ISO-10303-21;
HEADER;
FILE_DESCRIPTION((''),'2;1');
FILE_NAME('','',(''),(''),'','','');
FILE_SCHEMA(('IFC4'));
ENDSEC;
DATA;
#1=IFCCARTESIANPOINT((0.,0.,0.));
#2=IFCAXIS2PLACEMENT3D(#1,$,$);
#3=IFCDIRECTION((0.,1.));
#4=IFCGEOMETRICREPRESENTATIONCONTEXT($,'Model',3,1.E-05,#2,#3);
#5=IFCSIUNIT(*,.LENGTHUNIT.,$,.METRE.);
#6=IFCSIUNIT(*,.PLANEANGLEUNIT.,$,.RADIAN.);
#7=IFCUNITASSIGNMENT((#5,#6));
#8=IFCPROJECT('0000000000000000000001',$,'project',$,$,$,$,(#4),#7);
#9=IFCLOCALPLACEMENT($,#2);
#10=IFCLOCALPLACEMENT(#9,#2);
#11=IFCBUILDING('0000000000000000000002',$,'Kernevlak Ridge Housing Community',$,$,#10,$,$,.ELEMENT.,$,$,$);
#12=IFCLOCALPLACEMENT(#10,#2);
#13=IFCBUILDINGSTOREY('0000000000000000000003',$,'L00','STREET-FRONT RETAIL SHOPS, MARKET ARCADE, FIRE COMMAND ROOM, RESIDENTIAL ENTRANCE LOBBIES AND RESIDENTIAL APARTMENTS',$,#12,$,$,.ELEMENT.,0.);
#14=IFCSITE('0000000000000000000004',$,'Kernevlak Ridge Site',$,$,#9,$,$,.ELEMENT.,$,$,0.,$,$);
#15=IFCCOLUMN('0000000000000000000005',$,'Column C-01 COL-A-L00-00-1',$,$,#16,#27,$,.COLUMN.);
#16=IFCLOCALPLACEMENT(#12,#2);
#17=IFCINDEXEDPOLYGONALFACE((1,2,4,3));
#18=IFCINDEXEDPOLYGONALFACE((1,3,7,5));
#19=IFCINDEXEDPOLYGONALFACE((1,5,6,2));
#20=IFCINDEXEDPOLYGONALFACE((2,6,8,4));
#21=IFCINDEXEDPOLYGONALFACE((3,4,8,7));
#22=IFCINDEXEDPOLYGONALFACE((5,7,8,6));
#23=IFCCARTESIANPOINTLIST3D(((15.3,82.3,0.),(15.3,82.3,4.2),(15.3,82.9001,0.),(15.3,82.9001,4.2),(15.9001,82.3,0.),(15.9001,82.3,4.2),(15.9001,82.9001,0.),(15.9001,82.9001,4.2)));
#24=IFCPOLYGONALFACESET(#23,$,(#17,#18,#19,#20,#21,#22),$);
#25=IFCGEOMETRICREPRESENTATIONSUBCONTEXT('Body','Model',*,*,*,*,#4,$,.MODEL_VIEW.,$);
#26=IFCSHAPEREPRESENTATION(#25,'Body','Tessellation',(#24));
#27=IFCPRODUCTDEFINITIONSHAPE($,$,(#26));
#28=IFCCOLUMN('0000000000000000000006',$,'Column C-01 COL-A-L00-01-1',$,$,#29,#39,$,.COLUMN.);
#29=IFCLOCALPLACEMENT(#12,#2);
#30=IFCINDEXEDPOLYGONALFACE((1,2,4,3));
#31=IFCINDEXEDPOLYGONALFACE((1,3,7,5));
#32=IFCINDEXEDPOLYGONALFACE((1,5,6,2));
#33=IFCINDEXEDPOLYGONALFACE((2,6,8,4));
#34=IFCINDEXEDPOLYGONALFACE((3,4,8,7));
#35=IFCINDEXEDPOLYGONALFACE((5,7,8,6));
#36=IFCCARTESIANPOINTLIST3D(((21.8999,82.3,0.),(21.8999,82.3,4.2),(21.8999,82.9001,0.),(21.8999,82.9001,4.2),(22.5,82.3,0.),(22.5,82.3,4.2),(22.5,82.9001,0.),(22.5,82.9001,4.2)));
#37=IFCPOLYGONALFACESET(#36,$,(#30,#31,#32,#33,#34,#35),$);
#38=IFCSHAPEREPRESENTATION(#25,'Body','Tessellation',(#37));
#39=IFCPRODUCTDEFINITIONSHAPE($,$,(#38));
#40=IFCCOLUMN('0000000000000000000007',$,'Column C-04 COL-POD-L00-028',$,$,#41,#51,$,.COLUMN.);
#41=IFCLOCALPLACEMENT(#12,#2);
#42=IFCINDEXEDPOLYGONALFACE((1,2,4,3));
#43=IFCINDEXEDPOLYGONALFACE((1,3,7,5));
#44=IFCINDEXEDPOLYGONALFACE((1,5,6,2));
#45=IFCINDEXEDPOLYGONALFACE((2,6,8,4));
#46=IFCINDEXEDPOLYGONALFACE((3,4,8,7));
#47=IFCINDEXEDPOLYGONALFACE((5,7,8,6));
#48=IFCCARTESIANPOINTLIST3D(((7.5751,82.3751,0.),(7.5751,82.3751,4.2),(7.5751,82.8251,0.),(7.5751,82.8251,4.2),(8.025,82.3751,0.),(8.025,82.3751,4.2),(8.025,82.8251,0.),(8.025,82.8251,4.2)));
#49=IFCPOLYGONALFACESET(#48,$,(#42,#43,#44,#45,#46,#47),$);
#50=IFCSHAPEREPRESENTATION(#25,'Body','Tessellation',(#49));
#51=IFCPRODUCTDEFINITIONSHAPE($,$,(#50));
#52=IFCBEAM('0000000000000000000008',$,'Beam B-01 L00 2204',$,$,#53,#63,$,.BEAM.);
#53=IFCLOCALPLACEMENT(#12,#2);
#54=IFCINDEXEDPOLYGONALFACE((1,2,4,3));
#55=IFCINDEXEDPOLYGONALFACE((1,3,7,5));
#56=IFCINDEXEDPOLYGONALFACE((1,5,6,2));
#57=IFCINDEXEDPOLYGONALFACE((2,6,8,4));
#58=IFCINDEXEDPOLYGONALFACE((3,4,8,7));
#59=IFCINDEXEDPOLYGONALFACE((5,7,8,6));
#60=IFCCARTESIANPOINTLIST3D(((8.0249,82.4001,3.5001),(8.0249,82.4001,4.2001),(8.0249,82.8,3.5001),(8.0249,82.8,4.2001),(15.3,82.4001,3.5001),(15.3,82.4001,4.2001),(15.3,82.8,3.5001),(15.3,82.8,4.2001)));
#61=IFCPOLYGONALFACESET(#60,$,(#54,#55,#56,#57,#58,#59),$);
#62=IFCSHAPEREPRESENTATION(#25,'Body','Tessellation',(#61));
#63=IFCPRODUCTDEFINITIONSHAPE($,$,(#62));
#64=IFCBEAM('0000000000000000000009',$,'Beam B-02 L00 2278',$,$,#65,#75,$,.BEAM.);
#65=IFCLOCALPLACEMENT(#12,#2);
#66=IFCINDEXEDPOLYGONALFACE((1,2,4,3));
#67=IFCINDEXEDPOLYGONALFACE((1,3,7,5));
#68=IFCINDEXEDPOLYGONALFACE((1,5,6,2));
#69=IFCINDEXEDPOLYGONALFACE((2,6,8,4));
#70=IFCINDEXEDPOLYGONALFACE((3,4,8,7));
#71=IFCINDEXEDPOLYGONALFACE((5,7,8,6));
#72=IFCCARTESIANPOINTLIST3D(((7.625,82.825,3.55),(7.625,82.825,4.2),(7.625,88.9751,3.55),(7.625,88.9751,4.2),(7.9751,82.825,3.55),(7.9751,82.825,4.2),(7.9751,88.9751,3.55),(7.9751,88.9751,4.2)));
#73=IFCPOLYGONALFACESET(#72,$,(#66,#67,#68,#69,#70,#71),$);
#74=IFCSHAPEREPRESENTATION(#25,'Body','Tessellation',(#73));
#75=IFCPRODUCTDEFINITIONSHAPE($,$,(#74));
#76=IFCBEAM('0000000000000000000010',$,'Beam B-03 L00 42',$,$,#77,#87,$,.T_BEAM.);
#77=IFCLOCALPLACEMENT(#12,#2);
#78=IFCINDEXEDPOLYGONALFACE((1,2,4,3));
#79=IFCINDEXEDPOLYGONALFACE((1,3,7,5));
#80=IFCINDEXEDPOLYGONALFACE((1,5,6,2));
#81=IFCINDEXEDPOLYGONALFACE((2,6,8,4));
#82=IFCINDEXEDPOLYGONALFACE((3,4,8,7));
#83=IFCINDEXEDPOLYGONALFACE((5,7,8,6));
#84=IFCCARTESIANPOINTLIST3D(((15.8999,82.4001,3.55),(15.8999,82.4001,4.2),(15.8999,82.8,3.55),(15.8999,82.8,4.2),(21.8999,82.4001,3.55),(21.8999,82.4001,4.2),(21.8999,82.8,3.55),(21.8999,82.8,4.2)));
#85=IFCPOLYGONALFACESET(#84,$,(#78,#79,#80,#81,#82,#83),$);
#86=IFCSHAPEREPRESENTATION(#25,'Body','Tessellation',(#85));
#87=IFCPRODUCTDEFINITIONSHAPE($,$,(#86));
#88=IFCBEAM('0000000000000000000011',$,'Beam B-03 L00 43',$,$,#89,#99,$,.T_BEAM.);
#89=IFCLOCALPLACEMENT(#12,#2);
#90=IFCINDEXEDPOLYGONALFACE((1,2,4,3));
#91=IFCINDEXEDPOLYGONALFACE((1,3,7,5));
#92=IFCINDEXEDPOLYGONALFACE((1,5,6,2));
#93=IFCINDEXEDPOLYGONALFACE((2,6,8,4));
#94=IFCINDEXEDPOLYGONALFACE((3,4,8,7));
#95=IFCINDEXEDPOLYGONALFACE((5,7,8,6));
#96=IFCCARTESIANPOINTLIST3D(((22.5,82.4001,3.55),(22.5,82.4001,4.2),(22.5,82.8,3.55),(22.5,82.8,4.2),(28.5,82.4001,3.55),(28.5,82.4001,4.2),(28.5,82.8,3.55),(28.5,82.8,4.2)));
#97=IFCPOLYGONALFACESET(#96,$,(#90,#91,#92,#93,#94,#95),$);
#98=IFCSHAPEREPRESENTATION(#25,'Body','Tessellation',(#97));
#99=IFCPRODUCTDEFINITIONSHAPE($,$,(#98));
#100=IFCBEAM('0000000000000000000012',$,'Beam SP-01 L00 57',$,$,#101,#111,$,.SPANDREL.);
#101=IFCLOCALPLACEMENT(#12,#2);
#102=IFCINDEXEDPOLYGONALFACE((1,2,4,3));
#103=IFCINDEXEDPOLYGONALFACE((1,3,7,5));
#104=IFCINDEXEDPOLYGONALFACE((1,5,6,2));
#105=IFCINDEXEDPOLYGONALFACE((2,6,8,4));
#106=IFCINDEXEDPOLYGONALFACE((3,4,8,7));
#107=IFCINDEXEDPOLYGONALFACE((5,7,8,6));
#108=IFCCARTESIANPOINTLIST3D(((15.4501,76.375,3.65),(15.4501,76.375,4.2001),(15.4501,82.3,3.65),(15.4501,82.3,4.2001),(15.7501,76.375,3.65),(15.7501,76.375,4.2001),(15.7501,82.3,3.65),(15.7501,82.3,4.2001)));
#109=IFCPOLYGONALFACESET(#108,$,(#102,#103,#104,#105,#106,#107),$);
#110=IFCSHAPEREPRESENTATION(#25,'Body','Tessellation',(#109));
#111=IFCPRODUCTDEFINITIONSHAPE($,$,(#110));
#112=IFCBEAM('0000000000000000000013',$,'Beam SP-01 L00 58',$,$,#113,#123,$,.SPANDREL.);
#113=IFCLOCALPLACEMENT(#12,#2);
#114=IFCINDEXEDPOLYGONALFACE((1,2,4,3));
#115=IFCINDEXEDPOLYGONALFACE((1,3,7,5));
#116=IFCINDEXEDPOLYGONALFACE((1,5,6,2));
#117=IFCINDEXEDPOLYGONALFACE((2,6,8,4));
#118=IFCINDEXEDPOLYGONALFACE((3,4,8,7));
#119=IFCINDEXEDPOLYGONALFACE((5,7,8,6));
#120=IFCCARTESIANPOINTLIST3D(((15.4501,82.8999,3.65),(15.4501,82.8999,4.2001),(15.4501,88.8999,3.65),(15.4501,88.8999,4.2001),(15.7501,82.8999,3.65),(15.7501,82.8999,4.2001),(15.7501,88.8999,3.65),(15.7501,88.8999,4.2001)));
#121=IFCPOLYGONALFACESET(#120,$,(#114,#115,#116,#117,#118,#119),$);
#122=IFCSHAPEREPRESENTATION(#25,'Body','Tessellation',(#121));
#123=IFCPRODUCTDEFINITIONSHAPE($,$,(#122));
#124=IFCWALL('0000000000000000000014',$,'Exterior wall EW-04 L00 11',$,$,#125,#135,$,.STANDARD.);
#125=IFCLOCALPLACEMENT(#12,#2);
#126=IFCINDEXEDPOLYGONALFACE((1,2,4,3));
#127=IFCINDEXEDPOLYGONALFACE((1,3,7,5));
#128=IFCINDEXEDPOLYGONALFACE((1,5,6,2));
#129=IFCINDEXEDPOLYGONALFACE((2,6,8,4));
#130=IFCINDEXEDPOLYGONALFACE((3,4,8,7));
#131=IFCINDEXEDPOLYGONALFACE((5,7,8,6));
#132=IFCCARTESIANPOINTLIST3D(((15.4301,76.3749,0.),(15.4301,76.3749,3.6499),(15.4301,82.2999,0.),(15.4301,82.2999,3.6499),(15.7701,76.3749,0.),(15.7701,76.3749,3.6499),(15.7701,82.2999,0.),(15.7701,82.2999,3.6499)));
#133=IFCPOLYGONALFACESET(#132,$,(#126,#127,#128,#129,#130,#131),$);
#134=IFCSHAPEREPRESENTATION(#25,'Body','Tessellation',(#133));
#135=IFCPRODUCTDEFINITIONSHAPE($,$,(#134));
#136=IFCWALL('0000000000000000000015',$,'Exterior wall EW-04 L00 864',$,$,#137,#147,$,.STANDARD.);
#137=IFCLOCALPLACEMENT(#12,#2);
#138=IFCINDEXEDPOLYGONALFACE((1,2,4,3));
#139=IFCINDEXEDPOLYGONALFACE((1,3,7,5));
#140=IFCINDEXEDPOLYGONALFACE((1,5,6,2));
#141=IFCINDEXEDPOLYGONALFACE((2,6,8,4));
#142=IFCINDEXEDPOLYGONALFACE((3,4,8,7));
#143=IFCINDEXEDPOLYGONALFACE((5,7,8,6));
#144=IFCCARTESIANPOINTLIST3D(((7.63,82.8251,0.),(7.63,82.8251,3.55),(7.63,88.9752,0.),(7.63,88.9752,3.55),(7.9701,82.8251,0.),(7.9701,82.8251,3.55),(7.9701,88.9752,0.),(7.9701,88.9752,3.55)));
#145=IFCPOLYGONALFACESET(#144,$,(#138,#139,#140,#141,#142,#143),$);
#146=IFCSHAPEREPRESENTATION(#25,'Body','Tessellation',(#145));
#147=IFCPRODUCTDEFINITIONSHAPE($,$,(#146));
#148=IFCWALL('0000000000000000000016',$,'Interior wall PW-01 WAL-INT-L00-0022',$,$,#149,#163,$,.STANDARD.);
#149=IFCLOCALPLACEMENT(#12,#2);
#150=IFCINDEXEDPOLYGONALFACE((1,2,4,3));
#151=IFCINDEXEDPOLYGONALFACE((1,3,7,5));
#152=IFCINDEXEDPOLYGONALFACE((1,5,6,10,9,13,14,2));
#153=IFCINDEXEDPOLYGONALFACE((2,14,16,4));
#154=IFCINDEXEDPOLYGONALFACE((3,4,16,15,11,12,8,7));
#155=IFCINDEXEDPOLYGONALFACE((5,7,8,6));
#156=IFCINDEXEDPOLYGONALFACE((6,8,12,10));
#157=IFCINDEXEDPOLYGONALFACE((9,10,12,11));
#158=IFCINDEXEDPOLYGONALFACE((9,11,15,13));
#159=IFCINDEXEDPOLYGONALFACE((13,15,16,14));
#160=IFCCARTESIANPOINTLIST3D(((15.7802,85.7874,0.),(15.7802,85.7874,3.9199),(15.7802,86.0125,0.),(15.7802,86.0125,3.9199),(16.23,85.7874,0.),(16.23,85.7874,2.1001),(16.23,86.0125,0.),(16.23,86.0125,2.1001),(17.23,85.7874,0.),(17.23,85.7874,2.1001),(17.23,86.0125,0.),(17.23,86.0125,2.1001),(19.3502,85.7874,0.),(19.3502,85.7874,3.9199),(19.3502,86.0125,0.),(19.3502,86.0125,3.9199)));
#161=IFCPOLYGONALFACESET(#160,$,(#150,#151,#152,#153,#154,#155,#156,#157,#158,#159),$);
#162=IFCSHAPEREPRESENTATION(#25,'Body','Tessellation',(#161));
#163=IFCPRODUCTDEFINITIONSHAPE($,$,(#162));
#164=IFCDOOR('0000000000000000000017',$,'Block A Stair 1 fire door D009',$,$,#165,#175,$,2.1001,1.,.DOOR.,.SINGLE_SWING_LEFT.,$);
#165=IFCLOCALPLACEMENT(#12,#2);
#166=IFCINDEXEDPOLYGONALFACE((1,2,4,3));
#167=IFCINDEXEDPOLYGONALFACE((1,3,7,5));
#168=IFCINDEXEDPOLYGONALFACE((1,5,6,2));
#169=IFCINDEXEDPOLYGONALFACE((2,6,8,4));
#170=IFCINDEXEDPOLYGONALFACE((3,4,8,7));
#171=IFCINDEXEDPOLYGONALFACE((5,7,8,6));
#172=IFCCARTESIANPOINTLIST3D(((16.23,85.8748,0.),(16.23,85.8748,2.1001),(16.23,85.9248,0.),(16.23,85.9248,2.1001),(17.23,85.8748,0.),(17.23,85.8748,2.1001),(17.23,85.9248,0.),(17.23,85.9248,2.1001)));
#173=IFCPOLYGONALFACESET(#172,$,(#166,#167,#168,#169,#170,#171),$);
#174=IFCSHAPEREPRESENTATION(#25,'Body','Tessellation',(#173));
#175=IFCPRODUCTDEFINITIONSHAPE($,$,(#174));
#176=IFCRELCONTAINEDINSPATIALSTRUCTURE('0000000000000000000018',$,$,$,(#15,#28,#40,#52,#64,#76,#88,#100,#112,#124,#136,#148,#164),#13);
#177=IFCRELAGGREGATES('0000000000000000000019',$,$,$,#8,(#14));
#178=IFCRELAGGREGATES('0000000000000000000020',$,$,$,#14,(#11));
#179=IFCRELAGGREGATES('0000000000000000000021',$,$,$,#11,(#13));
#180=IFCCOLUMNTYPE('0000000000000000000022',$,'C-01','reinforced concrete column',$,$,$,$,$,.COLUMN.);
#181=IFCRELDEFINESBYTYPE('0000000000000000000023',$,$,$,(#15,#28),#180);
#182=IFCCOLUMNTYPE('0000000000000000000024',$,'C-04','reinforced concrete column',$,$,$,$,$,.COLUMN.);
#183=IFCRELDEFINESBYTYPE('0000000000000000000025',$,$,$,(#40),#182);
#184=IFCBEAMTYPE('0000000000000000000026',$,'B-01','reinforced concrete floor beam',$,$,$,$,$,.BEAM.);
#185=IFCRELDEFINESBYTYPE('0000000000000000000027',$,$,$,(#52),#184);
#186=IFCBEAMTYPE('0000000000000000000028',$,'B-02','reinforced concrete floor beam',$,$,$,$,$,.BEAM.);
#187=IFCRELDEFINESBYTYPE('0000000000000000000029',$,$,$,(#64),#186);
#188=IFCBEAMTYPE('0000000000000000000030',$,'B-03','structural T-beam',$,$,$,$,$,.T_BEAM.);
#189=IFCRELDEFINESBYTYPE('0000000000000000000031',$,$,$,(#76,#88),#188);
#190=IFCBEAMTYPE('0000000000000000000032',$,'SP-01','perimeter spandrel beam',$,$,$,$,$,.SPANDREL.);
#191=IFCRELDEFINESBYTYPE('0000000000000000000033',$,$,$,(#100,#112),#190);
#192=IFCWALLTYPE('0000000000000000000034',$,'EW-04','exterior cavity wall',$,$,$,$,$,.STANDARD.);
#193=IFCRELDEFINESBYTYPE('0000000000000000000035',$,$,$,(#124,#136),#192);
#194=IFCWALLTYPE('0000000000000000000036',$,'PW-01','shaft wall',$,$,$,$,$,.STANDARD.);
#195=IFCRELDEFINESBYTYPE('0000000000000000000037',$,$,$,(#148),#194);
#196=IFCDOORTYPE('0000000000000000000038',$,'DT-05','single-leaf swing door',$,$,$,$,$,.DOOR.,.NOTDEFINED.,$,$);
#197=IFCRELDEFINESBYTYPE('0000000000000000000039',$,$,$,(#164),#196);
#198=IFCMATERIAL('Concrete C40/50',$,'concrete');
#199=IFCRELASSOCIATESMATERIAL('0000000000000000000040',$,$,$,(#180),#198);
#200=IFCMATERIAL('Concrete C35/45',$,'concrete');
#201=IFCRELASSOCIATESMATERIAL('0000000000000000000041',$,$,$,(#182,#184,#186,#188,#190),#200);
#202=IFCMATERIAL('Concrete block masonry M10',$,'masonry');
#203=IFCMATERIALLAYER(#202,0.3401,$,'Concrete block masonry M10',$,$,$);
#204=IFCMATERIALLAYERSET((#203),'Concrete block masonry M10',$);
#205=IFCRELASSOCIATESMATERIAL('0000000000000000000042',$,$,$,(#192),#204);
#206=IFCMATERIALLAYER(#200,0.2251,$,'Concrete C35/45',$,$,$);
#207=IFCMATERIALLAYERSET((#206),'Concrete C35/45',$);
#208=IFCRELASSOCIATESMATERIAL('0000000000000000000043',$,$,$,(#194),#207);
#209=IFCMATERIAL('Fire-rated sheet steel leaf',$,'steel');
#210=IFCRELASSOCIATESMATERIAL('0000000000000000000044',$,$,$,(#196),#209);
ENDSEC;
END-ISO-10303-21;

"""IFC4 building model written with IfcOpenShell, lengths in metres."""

from ifc_helpers import new_model, si_unit, direction, frame, frame_2d, origin, origin_2d, place, context, subcontext, project, spatial, rectangle, extrude, material, layer, layer_set, material_profile, profile_set, type_object, element, fill, save


model = new_model("IFC4")

# Units and contexts
model_context = context("Model", 3, precision=1e-05, world=origin(), true_north=direction((0.0, 1.0)))
body_context = subcontext(model_context, "Body", "Model", "MODEL_VIEW")
ifc_project = project(units=[si_unit("LENGTHUNIT", "METRE"), si_unit("PLANEANGLEUNIT", "RADIAN")], contexts=[model_context])

# Site, building, storey
site_placement = place(None, origin())
site = spatial("IfcSite", under=ifc_project, at=site_placement, Name="Kernevlak Ridge Site", CompositionType="ELEMENT", RefElevation=0.0)
building_placement = place(site_placement, origin())
building = spatial("IfcBuilding", under=site, at=building_placement, Name="Kernevlak Ridge Housing Community", CompositionType="ELEMENT")
storey_placement = place(building_placement, origin())
storey = spatial("IfcBuildingStorey", under=building, at=storey_placement, Name="L00", Description="STREET-FRONT RETAIL SHOPS, MARKET ARCADE, FIRE COMMAND ROOM, RESIDENTIAL ENTRANCE LOBBIES AND RESIDENTIAL APARTMENTS", CompositionType="ELEMENT", Elevation=0.0)

# Columns
ifc_material_1 = material(Name="Concrete C40/50", Category="concrete")
ifc_material_profile_1 = material_profile(ifc_material_1, rectangle(XDim=0.6001, YDim=0.6001, at=origin_2d()), Name="RC 600x600")
ifc_profile_set_1 = profile_set([ifc_material_profile_1], Name="Concrete C40/50")
column_type_1 = type_object("IfcColumnType", Name="C-01", Description="reinforced concrete column", PredefinedType="COLUMN", material=ifc_profile_set_1)
for number, where, z_axis, x_axis, name in (
    (1, (15.6001, 82.6001, 0.0), (0.0, 0.0, 1.0), (1.0, 0.0, 0.0), "Column C-01 COL-A-L00-00-1"),
    (2, (22.2, 82.6001, 0.0), (0.0, 0.0, 1.0), (1.0, 0.0, 0.0), "Column C-01 COL-A-L00-01-1"),
):
    element("IfcColumn", number, at=place(storey_placement, frame(where, z_axis=z_axis, x_axis=x_axis)), inside=storey, type_object=column_type_1, Name=name, PredefinedType="COLUMN", context=body_context, shape_type="SweptSolid", body=[
        extrude(rectangle(XDim=0.6001, YDim=0.6001, at=origin_2d()), origin(), (0.0, 0.0, 1.0), 4.2),
    ])
ifc_material_2 = material(Name="Concrete C35/45", Category="concrete")
ifc_material_profile_2 = material_profile(ifc_material_2, rectangle(XDim=0.45, YDim=0.45, at=origin_2d()), Name="RC 450x450")
ifc_profile_set_2 = profile_set([ifc_material_profile_2], Name="Concrete C35/45")
column_type_2 = type_object("IfcColumnType", Name="C-04", Description="reinforced concrete column", PredefinedType="COLUMN", material=ifc_profile_set_2)
column_placement = place(storey_placement, frame((7.8, 82.6001, 0.0), z_axis=(0.0, 0.0, 1.0), x_axis=(1.0, 0.0, 0.0)))
element("IfcColumn", 3, at=column_placement, inside=storey, type_object=column_type_2, Name="Column C-04 COL-POD-L00-028", PredefinedType="COLUMN", context=body_context, shape_type="SweptSolid", body=[
    extrude(rectangle(XDim=0.45, YDim=0.45, at=origin_2d()), origin(), (0.0, 0.0, 1.0), 4.2),
])

# Beams
ifc_material_profile_3 = material_profile(ifc_material_2, rectangle(XDim=0.3999, YDim=0.7, at=origin_2d()), Name="RC 400x700")
ifc_profile_set_3 = profile_set([ifc_material_profile_3], Name="Concrete C35/45")
beam_type_1 = type_object("IfcBeamType", Name="B-01", Description="reinforced concrete floor beam", PredefinedType="BEAM", material=ifc_profile_set_3)
beam_1_placement = place(storey_placement, frame((8.0249, 82.6001, 3.8501), z_axis=(1.0, 0.0, 0.0), x_axis=(0.0, 1.0, 0.0)))
element("IfcBeam", 4, at=beam_1_placement, inside=storey, type_object=beam_type_1, Name="Beam B-01 L00 2204", PredefinedType="BEAM", context=body_context, shape_type="SweptSolid", body=[
    extrude(rectangle(XDim=0.3999, YDim=0.7, at=origin_2d()), origin(), (0.0, 0.0, 1.0), 7.2751),
])
ifc_material_profile_4 = material_profile(ifc_material_2, rectangle(XDim=0.3501, YDim=0.6499, at=origin_2d()), Name="RC 350x650")
ifc_profile_set_4 = profile_set([ifc_material_profile_4], Name="Concrete C35/45")
beam_type_2 = type_object("IfcBeamType", Name="B-02", Description="reinforced concrete floor beam", PredefinedType="BEAM", material=ifc_profile_set_4)
beam_2_placement = place(storey_placement, frame((7.8, 82.825, 3.875), z_axis=(0.0, 1.0, 0.0), x_axis=(-1.0, 0.0, 0.0)))
element("IfcBeam", 5, at=beam_2_placement, inside=storey, type_object=beam_type_2, Name="Beam B-02 L00 2278", PredefinedType="BEAM", context=body_context, shape_type="SweptSolid", body=[
    extrude(rectangle(XDim=0.3501, YDim=0.6499, at=origin_2d()), origin(), (0.0, 0.0, 1.0), 6.1501),
])
ifc_material_profile_5 = material_profile(ifc_material_2, rectangle(XDim=0.3999, YDim=0.6499, at=origin_2d()), Name="RC 400x650")
ifc_profile_set_5 = profile_set([ifc_material_profile_5], Name="Concrete C35/45")
beam_type_3 = type_object("IfcBeamType", Name="B-03", Description="structural T-beam", PredefinedType="T_BEAM", material=ifc_profile_set_5)
for number, where, z_axis, x_axis, name in (
    (6, (15.8999, 82.6001, 3.875), (1.0, 0.0, 0.0), (0.0, 1.0, 0.0), "Beam B-03 L00 42"),
    (7, (22.5, 82.6001, 3.875), (1.0, 0.0, 0.0), (0.0, 1.0, 0.0), "Beam B-03 L00 43"),
):
    element("IfcBeam", number, at=place(storey_placement, frame(where, z_axis=z_axis, x_axis=x_axis)), inside=storey, type_object=beam_type_3, Name=name, PredefinedType="T_BEAM", context=body_context, shape_type="SweptSolid", body=[
        extrude(rectangle(XDim=0.3999, YDim=0.6499, at=origin_2d()), origin(), (0.0, 0.0, 1.0), 6.0),
    ])
ifc_material_profile_6 = material_profile(ifc_material_2, rectangle(XDim=0.3, YDim=0.55, at=origin_2d()), Name="RC 300x550")
ifc_profile_set_6 = profile_set([ifc_material_profile_6], Name="Concrete C35/45")
beam_type_4 = type_object("IfcBeamType", Name="SP-01", Description="perimeter spandrel beam", PredefinedType="SPANDREL", material=ifc_profile_set_6)
beam_3_placement = place(storey_placement, frame((15.6001, 76.375, 3.925), z_axis=(0.0, 1.0, 0.0), x_axis=(-1.0, 0.0, 0.0)))
element("IfcBeam", 8, at=beam_3_placement, inside=storey, type_object=beam_type_4, Name="Beam SP-01 L00 57", PredefinedType="SPANDREL", context=body_context, shape_type="SweptSolid", body=[
    extrude(rectangle(XDim=0.3, YDim=0.55, at=origin_2d()), origin(), (0.0, 0.0, 1.0), 5.925),
])
beam_4_placement = place(storey_placement, frame((15.6001, 82.8999, 3.925), z_axis=(0.0, 1.0, 0.0), x_axis=(-1.0, 0.0, 0.0)))
element("IfcBeam", 9, at=beam_4_placement, inside=storey, type_object=beam_type_4, Name="Beam SP-01 L00 58", PredefinedType="SPANDREL", context=body_context, shape_type="SweptSolid", body=[
    extrude(rectangle(XDim=0.3, YDim=0.55, at=origin_2d()), origin(), (0.0, 0.0, 1.0), 6.0),
])

# Walls
ifc_material_3 = material(Name="Concrete block masonry M10", Category="masonry")
ifc_layer_1 = layer(ifc_material_3, 0.3401, Name="Concrete block masonry M10")
ifc_layer_set_1 = layer_set([ifc_layer_1], Name="Concrete block masonry M10")
wall_type_1 = type_object("IfcWallType", Name="EW-04", Description="exterior cavity wall", PredefinedType="STANDARD", material=ifc_layer_set_1)
wall_1_placement = place(storey_placement, frame((15.6001, 76.375, 0.0), z_axis=(0.0, 0.0, 1.0), x_axis=(0.0, 1.0, 0.0)))
element("IfcWall", 10, at=wall_1_placement, inside=storey, type_object=wall_type_1, Name="Exterior wall EW-04 L00 11", PredefinedType="STANDARD", context=body_context, shape_type="SweptSolid", body=[
    extrude(rectangle(XDim=5.925, YDim=0.3401, at=frame_2d((2.9624, 0.0))), origin(), (0.0, 0.0, 1.0), 3.6499),
])
wall_2_placement = place(storey_placement, frame((7.8, 82.825, 0.0), z_axis=(0.0, 0.0, 1.0), x_axis=(0.0, 1.0, 0.0)))
element("IfcWall", 11, at=wall_2_placement, inside=storey, type_object=wall_type_1, Name="Exterior wall EW-04 L00 864", PredefinedType="STANDARD", context=body_context, shape_type="SweptSolid", body=[
    extrude(rectangle(XDim=6.1501, YDim=0.3401, at=frame_2d((3.0752, 0.0))), origin(), (0.0, 0.0, 1.0), 3.55),
])

# Wall, opening, door
ifc_layer_2 = layer(ifc_material_2, 0.2251, Name="Concrete C35/45")
ifc_layer_set_2 = layer_set([ifc_layer_2], Name="Concrete C35/45")
wall_type_2 = type_object("IfcWallType", Name="PW-01", Description="shaft wall", PredefinedType="STANDARD", material=ifc_layer_set_2)
wall_3_placement = place(storey_placement, frame((15.78, 85.8999, 0.0), z_axis=(0.0, 0.0, 1.0), x_axis=(1.0, 0.0, 0.0)))
wall_3 = element("IfcWall", 12, at=wall_3_placement, inside=storey, type_object=wall_type_2, Name="Interior wall PW-01 WAL-INT-L00-0022", PredefinedType="STANDARD", context=body_context, shape_type="SweptSolid", body=[
    extrude(rectangle(XDim=3.5701, YDim=0.2251, at=frame_2d((1.7852, 0.0))), origin(), (0.0, 0.0, 1.0), 3.9199),
])
opening_1_placement = place(wall_3_placement, frame((0.45, 0.0, 0.0)))
opening_1 = element("IfcOpeningElement", 13, at=opening_1_placement, cuts=wall_3, PredefinedType="OPENING", context=body_context, shape_type="SweptSolid", body=[
    extrude(rectangle(XDim=1.0, YDim=2.1001, at=frame_2d((0.5, 1.05))), frame((0.0, 0.1226, 0.0), z_axis=(0.0, -1.0, 0.0), x_axis=(1.0, 0.0, 0.0)), (0.0, 0.0, 1.0), 0.2451),
])
ifc_material_4 = material(Name="Fire-rated sheet steel leaf", Category="steel")
door_type_1 = type_object("IfcDoorType", Name="DT-05", Description="single-leaf swing door", OperationType="NOTDEFINED", PredefinedType="DOOR", material=ifc_material_4)
door_1_placement = place(opening_1_placement, origin())
door_1 = element("IfcDoor", 14, at=door_1_placement, inside=storey, type_object=door_type_1, Name="Block A Stair 1 fire door D009", OperationType="SINGLE_SWING_LEFT", OverallHeight=2.1001, OverallWidth=1.0, PredefinedType="DOOR", context=body_context, shape_type="SweptSolid", body=[
    extrude(rectangle(XDim=1.0, YDim=2.1001, at=frame_2d((0.5, 1.05))), frame((0.0, 0.0249, 0.0), z_axis=(0.0, -1.0, 0.0), x_axis=(1.0, 0.0, 0.0)), (0.0, 0.0, 1.0), 0.05),
])
fill(opening_1, door_1)

save(model, "model.ifc")
